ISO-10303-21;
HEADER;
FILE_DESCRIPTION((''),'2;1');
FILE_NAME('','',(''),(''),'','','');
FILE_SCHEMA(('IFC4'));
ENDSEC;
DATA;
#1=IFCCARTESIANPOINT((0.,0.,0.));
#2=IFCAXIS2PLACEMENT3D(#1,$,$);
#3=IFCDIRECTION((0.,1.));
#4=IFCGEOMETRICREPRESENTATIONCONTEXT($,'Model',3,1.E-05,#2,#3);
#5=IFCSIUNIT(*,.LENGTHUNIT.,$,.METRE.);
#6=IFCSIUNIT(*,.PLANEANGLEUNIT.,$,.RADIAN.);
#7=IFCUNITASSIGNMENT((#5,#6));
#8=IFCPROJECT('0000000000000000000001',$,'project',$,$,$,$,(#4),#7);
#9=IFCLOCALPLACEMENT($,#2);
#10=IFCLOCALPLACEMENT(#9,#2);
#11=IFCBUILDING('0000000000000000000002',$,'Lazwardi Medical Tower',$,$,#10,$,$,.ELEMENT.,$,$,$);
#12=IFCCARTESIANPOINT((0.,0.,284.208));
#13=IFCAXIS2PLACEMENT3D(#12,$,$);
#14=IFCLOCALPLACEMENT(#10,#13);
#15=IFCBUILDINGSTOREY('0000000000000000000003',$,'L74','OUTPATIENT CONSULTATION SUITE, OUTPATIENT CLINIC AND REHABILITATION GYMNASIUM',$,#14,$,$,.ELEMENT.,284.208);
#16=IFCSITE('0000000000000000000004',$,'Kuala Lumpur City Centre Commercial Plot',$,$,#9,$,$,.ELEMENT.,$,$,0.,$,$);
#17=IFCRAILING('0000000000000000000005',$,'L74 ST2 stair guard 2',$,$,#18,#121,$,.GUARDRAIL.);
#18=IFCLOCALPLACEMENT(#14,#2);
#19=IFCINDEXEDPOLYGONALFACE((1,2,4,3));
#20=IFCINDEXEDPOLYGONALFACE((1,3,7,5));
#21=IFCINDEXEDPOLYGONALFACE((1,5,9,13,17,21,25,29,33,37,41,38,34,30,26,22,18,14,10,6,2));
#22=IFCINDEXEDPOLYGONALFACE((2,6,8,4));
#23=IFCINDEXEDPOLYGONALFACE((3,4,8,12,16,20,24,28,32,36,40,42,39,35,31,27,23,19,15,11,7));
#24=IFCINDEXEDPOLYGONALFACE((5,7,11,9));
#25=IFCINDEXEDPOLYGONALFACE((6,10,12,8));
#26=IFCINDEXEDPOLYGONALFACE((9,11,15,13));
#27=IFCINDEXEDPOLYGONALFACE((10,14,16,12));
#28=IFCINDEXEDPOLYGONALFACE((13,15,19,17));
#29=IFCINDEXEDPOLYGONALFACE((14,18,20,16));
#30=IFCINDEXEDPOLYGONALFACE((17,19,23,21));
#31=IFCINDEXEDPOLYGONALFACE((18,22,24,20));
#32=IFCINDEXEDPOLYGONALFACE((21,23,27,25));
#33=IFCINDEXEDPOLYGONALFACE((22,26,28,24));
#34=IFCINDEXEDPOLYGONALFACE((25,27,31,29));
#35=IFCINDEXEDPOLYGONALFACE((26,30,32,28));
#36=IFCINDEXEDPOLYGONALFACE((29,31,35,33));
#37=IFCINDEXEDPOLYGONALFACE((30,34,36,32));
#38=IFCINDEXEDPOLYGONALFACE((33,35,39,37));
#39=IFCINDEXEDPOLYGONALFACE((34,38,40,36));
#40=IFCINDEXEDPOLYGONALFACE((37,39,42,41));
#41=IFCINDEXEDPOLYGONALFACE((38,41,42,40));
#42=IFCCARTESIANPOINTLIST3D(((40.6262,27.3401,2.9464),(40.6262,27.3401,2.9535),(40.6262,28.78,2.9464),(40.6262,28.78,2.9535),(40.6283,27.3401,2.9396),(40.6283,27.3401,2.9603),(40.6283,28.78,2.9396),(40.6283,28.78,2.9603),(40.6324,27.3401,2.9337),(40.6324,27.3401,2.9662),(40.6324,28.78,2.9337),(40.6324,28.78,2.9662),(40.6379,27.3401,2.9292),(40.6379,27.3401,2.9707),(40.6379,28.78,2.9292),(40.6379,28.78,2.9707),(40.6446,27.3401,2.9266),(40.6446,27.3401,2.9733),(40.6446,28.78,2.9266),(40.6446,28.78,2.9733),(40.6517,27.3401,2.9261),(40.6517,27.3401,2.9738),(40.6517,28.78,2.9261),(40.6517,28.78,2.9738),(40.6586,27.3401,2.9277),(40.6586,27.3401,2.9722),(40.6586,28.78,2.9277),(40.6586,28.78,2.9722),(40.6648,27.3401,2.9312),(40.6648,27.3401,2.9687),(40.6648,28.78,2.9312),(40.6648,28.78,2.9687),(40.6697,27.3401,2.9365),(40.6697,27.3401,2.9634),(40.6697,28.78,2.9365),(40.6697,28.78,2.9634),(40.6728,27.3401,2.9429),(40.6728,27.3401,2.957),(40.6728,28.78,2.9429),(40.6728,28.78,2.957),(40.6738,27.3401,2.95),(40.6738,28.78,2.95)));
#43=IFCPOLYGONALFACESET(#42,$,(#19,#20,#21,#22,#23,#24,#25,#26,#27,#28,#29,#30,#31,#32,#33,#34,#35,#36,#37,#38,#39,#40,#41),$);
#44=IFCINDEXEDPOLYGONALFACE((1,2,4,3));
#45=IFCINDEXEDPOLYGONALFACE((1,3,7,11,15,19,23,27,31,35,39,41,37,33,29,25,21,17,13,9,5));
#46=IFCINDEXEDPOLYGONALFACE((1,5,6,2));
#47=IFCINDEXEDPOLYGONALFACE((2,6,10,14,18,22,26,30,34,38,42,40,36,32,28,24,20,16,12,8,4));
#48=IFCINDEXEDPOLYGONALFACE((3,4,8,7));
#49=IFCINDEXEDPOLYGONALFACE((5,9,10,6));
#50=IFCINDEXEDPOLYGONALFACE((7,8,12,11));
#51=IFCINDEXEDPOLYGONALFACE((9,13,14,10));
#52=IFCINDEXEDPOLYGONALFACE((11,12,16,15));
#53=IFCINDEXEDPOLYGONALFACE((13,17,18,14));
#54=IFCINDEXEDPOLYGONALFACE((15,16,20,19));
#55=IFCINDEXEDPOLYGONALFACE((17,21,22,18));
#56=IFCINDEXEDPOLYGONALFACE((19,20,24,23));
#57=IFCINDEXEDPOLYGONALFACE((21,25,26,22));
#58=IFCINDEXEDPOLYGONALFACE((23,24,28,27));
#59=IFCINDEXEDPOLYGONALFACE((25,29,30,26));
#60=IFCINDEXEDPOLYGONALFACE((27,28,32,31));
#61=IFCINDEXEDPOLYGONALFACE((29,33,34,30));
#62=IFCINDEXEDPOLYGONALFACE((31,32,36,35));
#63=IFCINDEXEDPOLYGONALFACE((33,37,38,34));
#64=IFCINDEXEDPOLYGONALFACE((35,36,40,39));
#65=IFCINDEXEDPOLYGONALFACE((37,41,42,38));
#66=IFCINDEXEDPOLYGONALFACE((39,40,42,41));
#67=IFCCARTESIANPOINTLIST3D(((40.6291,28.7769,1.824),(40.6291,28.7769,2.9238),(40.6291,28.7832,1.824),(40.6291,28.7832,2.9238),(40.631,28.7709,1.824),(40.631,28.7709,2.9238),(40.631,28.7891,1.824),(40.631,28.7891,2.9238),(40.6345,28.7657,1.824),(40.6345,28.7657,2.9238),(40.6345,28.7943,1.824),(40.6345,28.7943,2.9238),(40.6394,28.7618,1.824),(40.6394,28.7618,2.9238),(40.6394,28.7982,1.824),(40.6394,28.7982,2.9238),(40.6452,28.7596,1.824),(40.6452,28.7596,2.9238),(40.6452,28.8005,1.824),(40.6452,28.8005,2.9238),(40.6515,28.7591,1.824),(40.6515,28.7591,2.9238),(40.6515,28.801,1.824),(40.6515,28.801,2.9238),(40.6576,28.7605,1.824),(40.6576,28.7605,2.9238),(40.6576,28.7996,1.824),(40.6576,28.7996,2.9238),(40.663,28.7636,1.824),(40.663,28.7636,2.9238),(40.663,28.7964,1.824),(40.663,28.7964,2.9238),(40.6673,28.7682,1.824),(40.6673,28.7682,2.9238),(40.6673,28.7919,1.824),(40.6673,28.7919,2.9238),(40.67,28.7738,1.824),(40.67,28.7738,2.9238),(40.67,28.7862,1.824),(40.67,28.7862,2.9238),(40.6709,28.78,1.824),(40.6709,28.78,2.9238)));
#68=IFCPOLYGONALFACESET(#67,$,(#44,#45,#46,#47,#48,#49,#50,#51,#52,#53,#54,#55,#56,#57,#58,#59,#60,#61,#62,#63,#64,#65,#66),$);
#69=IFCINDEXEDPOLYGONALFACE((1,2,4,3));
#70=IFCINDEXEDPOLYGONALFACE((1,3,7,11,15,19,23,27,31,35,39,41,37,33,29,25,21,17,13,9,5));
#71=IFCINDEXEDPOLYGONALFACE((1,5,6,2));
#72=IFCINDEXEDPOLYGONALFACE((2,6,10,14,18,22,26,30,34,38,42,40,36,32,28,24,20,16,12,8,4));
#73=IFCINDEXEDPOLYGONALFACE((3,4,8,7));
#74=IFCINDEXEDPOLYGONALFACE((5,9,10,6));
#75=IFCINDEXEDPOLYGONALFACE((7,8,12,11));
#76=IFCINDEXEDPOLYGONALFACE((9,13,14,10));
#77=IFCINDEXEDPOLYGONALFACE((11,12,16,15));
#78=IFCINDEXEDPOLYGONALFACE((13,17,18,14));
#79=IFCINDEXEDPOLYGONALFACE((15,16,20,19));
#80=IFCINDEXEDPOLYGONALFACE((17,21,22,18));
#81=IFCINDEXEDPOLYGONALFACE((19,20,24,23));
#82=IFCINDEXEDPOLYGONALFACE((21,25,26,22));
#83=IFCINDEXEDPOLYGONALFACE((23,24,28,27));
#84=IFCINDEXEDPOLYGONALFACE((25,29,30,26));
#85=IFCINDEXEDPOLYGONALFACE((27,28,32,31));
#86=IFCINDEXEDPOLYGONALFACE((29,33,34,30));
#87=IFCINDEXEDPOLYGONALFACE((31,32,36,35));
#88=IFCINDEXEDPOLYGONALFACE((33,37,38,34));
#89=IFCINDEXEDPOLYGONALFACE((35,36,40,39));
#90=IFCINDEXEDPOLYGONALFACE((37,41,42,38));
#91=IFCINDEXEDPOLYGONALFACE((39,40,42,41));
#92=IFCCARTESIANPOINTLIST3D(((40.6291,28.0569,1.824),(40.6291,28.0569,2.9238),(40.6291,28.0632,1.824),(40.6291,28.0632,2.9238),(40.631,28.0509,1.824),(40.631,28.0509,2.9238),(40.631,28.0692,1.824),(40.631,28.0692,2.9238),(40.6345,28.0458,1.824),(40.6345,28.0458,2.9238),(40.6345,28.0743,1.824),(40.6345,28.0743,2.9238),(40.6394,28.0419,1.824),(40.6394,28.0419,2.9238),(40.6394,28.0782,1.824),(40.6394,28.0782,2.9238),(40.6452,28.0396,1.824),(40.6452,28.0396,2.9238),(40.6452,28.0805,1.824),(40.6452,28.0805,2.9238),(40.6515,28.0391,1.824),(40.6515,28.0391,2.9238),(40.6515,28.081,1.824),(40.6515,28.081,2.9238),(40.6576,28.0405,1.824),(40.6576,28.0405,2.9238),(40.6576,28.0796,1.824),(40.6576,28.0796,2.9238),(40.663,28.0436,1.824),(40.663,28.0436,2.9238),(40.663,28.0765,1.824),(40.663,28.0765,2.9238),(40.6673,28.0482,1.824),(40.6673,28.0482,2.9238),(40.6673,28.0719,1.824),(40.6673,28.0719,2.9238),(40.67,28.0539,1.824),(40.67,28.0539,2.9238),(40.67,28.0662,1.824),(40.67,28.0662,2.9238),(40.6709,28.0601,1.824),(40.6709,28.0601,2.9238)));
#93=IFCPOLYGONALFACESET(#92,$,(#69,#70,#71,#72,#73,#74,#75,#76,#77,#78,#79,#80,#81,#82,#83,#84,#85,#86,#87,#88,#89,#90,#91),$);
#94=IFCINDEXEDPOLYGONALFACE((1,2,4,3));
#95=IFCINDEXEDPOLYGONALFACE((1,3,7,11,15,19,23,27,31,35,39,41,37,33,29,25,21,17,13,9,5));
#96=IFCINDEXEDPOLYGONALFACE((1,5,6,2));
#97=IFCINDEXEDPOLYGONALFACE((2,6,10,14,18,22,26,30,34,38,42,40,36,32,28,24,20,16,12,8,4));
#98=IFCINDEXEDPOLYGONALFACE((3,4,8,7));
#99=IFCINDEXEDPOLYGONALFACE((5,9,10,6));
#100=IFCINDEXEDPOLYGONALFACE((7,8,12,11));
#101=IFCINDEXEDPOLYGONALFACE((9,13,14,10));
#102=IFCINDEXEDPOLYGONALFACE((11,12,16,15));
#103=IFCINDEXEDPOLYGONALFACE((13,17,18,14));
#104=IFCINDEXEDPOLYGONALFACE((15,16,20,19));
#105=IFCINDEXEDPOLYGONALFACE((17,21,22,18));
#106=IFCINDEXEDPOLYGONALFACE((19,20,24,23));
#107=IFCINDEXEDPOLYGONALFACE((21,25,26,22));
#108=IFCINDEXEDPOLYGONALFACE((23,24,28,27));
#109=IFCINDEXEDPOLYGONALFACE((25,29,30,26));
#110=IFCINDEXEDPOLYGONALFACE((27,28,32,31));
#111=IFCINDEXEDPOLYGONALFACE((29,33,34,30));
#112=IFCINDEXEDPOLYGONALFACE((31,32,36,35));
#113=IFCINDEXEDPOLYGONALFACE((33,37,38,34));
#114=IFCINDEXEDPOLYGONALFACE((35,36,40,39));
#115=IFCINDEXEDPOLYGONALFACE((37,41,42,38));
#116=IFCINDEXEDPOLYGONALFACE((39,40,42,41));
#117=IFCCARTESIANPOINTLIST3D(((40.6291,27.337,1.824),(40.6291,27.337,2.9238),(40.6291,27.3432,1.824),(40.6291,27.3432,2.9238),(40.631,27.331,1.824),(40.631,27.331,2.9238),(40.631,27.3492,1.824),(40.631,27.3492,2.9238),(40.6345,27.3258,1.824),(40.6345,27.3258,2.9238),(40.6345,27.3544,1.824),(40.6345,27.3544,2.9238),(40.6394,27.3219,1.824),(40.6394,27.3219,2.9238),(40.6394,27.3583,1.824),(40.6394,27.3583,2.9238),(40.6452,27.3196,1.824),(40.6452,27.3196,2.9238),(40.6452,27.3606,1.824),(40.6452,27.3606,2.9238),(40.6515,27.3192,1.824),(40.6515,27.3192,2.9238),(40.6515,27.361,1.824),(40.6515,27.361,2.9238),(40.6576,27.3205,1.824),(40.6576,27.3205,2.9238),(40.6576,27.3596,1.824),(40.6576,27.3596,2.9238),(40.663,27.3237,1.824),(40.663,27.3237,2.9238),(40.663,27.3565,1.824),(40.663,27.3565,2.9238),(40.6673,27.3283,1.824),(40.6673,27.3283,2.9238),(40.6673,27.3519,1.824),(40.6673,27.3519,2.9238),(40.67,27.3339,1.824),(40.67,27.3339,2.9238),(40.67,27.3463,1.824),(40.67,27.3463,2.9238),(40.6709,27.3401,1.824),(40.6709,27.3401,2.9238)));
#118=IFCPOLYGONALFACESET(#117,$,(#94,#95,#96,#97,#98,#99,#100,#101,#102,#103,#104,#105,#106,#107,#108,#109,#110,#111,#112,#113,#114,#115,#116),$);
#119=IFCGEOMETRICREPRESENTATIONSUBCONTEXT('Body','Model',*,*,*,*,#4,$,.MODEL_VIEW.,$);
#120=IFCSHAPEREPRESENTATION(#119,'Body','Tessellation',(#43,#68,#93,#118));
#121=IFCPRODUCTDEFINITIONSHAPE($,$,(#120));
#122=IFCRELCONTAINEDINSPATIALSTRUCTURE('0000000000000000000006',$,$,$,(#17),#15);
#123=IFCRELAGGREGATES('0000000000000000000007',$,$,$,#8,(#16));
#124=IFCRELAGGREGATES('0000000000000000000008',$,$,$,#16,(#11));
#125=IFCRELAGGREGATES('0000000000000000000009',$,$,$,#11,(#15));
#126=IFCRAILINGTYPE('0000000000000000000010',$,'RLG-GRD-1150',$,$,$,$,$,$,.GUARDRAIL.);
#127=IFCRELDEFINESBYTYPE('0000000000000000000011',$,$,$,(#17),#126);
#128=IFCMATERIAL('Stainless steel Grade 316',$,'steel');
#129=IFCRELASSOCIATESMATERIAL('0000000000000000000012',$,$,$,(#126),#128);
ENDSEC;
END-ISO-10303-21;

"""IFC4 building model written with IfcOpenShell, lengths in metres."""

from ifc_helpers import new_model, si_unit, direction, frame, origin, origin_2d, place, context, subcontext, project, spatial, circle, extrude, material, type_object, element, save


model = new_model("IFC4")

# Units and contexts
model_context = context("Model", 3, precision=1e-05, world=origin(), true_north=direction((0.0, 1.0)))
body_context = subcontext(model_context, "Body", "Model", "MODEL_VIEW")
ifc_project = project(units=[si_unit("LENGTHUNIT", "METRE"), si_unit("PLANEANGLEUNIT", "RADIAN")], contexts=[model_context])

# Site, building, storey
site_placement = place(None, origin())
site = spatial("IfcSite", under=ifc_project, at=site_placement, Name="Kuala Lumpur City Centre Commercial Plot", CompositionType="ELEMENT", RefElevation=0.0)
building_placement = place(site_placement, origin())
building = spatial("IfcBuilding", under=site, at=building_placement, Name="Lazwardi Medical Tower", CompositionType="ELEMENT")
storey_placement = place(building_placement, frame((0.0, 0.0, 284.208)))
storey = spatial("IfcBuildingStorey", under=building, at=storey_placement, Name="L74", Description="OUTPATIENT CONSULTATION SUITE, OUTPATIENT CLINIC AND REHABILITATION GYMNASIUM", CompositionType="ELEMENT", Elevation=284.208)

# Railing
ifc_material_1 = material(Name="Stainless steel Grade 316", Category="steel")
railing_type_1 = type_object("IfcRailingType", Name="RLG-GRD-1150", PredefinedType="GUARDRAIL", material=ifc_material_1)
railing_1_placement = place(storey_placement, frame((40.6499, 28.78, 1.824)))
element("IfcRailing", 1, at=railing_1_placement, inside=storey, type_object=railing_type_1, Name="L74 ST2 stair guard 2", PredefinedType="GUARDRAIL", context=body_context, shape_type="SweptSolid", body=[
    extrude(circle(Radius=0.0239, at=origin_2d()), frame((0.0, 0.0, 1.126), z_axis=(0.0, -1.0, 0.0), x_axis=(1.0, 0.0, 0.0)), (0.0, 0.0, 1.0), 1.4399),
    extrude(circle(Radius=0.021, at=origin_2d()), origin(), (0.0, 0.0, 1.0), 1.0999),
    extrude(circle(Radius=0.021, at=origin_2d()), frame((0.0, -0.72, 0.0)), (0.0, 0.0, 1.0), 1.0999),
    extrude(circle(Radius=0.021, at=origin_2d()), frame((0.0, -1.4399, 0.0)), (0.0, 0.0, 1.0), 1.0999),
])

save(model, "model.ifc")
